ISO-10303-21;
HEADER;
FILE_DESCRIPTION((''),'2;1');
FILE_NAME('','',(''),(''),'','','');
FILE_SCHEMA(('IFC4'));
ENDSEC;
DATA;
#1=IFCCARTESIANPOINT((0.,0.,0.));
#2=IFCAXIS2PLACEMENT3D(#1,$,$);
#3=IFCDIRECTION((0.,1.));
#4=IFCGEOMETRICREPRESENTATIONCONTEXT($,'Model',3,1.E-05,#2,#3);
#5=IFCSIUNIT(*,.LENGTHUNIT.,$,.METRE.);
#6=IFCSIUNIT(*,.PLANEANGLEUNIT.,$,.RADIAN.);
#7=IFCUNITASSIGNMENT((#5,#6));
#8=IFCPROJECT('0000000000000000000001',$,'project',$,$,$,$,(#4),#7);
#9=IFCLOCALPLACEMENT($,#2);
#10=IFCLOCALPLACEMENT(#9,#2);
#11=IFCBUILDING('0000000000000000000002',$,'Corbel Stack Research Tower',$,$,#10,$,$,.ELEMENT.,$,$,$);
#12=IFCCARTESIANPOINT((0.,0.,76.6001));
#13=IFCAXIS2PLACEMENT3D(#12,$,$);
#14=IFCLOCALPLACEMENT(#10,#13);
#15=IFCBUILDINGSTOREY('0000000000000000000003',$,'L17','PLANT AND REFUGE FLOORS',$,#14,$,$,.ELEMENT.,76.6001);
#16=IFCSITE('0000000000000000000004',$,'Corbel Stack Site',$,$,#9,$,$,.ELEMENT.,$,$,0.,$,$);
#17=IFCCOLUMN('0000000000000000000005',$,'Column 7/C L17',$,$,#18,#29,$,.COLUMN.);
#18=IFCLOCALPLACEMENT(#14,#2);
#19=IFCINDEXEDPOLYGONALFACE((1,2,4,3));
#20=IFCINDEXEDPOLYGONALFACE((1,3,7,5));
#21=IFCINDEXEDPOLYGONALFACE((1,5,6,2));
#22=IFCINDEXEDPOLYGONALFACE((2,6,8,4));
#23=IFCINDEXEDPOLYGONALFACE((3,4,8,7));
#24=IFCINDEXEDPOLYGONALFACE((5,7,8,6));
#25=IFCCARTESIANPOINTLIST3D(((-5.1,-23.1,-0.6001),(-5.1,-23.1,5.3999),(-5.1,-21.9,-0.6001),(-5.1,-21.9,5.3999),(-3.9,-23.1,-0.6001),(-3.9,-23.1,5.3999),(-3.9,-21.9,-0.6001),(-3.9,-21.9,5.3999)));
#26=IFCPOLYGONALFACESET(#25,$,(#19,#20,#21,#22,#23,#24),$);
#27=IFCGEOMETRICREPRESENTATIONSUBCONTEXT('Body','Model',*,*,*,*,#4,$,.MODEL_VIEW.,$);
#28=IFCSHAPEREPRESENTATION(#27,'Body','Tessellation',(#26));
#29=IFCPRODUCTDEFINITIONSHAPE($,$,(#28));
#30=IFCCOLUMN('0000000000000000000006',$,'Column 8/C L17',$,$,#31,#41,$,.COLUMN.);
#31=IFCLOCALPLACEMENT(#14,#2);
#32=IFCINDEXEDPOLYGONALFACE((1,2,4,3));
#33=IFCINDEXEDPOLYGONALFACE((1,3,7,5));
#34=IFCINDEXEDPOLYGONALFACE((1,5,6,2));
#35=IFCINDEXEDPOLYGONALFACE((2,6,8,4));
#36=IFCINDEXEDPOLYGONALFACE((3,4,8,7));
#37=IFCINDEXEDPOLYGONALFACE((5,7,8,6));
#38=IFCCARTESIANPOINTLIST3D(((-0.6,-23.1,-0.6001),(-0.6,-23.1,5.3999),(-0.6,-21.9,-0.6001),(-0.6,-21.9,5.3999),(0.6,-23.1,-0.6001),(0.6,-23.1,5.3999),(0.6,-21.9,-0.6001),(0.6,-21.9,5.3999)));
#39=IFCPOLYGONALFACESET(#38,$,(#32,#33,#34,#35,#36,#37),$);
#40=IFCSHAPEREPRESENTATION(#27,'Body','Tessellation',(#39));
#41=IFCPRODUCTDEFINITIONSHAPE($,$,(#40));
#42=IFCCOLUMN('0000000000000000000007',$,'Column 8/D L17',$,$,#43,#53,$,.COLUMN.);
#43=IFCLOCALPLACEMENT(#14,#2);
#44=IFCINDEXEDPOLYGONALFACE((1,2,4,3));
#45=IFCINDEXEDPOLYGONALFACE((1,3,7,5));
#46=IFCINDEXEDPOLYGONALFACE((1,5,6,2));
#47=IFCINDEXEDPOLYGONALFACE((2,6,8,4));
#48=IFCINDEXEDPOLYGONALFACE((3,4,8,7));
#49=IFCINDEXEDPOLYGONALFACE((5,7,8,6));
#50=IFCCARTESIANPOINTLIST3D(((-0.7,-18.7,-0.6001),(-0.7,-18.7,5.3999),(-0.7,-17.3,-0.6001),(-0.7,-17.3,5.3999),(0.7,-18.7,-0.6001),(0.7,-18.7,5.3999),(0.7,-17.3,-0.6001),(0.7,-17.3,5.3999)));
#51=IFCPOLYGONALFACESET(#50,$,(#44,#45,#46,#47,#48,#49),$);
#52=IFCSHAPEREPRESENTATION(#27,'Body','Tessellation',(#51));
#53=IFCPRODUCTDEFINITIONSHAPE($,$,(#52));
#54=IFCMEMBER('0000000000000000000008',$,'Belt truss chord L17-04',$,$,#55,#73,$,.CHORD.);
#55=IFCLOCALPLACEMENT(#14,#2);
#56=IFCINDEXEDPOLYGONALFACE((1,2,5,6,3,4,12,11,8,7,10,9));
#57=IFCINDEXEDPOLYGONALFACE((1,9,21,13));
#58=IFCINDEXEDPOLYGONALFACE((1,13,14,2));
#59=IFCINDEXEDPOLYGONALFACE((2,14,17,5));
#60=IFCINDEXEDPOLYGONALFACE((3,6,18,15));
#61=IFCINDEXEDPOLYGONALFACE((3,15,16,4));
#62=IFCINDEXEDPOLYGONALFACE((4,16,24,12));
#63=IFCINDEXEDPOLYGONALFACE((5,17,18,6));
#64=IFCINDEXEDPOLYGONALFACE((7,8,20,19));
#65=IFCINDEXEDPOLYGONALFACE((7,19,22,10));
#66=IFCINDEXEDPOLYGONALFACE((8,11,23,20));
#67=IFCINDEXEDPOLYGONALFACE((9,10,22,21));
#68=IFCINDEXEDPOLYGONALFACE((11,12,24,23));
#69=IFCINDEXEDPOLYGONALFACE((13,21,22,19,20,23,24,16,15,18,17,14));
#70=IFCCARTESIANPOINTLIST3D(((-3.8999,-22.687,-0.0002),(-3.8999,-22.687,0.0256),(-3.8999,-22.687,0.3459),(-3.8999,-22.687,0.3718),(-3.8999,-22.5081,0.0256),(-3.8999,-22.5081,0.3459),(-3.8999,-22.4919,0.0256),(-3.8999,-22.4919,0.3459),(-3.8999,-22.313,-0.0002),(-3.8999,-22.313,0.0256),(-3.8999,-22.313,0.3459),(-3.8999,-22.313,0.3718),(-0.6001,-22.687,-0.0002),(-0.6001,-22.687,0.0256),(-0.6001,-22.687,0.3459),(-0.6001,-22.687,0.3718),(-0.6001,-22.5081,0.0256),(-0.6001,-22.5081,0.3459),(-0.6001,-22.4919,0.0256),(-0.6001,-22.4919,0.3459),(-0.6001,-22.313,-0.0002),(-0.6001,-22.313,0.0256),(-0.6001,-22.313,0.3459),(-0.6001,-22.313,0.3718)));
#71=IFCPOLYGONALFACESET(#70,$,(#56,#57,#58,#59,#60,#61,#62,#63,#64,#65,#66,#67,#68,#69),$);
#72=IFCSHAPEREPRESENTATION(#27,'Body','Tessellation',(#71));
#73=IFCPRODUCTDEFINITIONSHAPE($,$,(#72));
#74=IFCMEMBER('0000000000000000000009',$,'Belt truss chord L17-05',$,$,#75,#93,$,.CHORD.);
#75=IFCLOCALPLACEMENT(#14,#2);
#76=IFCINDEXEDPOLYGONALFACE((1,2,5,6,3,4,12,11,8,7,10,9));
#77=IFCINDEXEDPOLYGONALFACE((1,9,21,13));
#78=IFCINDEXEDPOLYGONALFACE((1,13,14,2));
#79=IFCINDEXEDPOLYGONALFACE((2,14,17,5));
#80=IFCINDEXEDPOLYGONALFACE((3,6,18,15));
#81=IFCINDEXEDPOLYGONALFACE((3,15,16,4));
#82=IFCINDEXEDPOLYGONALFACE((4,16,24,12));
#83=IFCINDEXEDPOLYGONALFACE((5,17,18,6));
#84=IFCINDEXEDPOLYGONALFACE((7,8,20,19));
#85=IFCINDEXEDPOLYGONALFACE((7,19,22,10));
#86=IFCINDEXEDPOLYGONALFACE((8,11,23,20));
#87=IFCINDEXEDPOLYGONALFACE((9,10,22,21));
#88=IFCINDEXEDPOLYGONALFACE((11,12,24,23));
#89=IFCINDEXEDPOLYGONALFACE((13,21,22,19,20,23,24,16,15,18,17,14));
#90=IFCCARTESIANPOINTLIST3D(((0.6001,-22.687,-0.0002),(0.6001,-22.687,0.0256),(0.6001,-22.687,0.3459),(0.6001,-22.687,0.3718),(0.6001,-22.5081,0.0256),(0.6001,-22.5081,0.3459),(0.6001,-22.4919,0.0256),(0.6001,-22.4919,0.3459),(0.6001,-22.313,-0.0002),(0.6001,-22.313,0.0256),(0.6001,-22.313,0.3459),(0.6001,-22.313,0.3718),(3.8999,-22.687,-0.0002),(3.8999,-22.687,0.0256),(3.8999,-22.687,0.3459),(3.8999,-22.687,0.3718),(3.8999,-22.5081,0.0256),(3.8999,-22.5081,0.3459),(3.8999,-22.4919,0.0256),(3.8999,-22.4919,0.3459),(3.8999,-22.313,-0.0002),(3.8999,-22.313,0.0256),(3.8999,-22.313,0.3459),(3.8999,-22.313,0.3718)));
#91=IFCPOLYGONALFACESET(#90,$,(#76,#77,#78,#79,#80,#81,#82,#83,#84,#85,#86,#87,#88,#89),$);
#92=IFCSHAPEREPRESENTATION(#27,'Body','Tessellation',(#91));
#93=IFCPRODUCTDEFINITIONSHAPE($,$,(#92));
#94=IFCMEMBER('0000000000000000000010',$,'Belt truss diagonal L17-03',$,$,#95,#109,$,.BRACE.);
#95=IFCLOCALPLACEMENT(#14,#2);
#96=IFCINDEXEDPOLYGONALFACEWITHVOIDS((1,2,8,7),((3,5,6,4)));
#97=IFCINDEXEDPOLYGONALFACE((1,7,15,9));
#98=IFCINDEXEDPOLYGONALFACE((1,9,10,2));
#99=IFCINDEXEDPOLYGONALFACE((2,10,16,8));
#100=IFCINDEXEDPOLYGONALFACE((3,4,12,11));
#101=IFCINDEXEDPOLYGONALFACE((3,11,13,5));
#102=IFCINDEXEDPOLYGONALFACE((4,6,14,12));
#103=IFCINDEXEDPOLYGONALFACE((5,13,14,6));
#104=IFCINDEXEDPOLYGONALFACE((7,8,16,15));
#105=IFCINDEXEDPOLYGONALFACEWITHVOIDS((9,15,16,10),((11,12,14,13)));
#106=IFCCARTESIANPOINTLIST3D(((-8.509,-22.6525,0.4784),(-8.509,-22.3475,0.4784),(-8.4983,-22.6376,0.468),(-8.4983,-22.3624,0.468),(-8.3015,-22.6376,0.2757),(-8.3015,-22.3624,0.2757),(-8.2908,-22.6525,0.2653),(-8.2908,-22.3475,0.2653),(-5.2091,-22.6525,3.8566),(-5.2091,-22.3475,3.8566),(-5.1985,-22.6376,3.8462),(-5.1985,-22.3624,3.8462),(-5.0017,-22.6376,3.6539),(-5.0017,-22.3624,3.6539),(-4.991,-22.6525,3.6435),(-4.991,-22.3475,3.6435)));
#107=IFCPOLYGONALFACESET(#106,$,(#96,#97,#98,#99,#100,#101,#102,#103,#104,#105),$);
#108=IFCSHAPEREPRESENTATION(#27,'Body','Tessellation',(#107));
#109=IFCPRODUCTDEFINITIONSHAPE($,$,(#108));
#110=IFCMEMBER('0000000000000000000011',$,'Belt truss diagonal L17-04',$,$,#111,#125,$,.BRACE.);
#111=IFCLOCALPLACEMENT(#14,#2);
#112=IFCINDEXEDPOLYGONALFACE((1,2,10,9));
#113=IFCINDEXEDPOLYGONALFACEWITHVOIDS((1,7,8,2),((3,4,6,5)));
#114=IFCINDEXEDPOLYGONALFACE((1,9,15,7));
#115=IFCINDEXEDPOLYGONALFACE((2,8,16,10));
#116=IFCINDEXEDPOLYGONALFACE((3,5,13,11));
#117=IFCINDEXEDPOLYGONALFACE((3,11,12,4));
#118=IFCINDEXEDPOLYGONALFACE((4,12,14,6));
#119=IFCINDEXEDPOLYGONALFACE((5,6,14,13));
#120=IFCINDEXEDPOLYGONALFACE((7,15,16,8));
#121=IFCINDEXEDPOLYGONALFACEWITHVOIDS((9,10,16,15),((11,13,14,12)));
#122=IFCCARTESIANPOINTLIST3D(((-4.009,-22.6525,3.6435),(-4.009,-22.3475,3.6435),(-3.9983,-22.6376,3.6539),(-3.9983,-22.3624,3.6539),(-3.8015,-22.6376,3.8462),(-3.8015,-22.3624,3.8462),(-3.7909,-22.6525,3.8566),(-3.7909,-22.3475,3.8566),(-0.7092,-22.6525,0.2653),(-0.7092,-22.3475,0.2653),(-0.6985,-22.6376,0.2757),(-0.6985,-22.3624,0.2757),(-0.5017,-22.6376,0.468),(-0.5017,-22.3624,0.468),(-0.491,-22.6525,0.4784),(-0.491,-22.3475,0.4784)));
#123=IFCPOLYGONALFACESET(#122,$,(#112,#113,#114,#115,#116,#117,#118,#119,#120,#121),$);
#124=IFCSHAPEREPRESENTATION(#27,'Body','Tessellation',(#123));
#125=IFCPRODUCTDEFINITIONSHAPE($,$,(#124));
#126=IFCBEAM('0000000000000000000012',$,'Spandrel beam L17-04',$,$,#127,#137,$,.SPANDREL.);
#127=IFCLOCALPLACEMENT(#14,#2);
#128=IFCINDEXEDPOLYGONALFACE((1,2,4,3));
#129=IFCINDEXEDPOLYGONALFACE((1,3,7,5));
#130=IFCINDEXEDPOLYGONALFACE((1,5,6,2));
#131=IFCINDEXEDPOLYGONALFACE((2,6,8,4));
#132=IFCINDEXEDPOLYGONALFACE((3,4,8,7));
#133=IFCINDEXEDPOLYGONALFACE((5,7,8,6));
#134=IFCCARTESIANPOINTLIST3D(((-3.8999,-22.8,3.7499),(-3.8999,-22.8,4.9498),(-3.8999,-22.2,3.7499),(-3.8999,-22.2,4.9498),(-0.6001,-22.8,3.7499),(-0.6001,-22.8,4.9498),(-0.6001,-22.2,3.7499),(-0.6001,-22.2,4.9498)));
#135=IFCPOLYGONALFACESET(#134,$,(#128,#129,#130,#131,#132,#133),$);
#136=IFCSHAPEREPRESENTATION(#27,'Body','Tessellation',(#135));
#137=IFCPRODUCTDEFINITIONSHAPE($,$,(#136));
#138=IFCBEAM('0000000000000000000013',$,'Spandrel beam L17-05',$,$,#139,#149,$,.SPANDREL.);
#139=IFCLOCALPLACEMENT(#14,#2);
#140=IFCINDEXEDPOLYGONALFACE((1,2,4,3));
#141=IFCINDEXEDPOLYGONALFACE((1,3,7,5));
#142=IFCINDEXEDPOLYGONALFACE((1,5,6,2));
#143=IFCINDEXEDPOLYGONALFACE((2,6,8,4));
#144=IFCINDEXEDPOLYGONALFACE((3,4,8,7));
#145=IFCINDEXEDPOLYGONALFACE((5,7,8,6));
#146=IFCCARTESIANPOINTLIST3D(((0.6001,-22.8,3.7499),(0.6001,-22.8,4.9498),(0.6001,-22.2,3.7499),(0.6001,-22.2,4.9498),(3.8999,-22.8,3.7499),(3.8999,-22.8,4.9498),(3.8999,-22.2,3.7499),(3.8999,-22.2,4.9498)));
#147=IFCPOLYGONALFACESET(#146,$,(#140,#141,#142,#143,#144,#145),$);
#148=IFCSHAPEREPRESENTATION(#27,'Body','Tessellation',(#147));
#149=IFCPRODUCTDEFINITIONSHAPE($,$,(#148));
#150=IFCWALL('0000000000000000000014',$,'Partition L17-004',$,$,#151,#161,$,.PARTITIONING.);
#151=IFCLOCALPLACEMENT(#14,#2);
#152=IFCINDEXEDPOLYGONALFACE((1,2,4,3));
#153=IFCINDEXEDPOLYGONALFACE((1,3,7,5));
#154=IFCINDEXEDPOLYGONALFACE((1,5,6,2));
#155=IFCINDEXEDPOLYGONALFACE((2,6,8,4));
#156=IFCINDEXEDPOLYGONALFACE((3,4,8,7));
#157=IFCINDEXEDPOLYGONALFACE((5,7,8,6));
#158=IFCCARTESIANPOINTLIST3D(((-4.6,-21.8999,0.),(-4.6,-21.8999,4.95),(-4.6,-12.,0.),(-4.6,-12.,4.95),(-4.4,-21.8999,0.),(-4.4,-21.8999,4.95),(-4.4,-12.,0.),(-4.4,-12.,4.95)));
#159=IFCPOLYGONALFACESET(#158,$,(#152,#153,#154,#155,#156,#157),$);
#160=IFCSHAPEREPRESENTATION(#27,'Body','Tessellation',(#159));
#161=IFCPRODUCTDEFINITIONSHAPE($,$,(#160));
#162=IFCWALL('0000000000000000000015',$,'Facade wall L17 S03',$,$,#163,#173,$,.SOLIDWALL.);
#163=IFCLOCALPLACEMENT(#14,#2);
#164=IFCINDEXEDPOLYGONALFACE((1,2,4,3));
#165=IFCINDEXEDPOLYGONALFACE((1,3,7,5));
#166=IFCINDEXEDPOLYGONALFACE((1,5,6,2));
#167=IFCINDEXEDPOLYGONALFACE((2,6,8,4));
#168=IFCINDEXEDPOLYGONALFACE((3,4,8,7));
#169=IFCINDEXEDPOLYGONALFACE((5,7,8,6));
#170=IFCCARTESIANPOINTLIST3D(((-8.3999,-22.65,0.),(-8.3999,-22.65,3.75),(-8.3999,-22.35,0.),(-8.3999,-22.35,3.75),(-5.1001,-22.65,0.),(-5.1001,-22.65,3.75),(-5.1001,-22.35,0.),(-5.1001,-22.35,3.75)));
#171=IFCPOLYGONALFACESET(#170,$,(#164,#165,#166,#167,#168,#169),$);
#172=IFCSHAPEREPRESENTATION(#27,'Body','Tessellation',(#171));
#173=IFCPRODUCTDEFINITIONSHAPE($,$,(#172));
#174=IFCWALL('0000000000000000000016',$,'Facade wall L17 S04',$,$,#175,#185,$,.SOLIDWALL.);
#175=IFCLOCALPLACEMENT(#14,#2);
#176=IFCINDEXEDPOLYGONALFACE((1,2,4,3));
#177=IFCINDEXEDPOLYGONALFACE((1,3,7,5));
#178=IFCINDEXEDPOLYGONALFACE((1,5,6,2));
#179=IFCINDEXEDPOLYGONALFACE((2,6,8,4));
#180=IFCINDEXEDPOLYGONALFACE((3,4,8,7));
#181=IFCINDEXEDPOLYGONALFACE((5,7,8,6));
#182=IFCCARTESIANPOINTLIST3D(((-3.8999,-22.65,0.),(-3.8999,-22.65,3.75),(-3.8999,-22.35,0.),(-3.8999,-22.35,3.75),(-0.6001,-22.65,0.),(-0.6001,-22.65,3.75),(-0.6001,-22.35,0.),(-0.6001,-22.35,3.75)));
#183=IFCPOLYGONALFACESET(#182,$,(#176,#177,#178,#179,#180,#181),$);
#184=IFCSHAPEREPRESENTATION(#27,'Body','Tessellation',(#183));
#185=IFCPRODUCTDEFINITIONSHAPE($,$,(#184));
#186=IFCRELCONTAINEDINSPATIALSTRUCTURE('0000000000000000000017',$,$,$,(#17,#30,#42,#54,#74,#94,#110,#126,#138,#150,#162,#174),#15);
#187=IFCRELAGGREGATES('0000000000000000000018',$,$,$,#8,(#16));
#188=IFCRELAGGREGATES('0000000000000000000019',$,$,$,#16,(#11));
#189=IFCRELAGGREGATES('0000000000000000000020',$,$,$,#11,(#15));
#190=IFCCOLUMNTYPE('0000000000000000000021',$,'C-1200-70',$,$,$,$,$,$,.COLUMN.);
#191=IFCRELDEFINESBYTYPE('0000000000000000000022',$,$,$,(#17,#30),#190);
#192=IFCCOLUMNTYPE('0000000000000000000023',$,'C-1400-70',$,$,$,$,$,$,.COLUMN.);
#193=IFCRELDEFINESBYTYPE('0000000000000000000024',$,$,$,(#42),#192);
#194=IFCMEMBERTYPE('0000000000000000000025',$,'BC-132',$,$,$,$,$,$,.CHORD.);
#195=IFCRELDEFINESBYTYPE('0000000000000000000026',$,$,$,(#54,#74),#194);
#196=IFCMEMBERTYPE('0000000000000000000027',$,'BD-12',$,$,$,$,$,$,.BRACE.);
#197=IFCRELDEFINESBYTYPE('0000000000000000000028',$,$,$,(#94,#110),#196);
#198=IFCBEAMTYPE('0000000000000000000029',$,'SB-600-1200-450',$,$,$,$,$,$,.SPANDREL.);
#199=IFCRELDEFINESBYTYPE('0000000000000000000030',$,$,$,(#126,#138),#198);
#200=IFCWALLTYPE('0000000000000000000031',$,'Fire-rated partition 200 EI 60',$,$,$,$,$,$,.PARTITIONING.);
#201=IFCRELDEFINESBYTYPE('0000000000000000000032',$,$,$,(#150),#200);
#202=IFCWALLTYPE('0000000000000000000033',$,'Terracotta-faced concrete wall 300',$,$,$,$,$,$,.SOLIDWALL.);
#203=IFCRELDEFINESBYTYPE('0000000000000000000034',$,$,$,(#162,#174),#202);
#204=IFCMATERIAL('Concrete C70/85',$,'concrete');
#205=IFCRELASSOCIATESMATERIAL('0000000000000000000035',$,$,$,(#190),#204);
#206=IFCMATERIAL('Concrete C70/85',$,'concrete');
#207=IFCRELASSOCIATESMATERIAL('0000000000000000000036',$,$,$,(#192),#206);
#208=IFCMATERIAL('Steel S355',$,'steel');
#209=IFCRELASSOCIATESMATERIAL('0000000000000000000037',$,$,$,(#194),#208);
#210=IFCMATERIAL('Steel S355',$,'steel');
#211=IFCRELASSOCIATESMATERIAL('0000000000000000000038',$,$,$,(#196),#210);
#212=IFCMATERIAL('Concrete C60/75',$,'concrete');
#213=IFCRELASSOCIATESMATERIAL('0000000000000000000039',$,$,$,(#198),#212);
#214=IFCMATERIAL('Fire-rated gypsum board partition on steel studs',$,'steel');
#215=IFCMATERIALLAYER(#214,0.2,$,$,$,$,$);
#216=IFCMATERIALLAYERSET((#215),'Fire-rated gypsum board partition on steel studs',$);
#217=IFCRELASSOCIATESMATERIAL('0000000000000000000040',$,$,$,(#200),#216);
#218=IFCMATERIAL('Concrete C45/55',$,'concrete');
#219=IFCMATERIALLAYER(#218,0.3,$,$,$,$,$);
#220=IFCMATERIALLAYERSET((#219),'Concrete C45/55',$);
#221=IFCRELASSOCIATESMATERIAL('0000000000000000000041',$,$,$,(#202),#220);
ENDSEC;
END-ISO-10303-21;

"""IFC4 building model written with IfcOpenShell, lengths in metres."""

from ifc_helpers import new_model, si_unit, direction, frame, frame_2d, origin, origin_2d, place, context, subcontext, project, spatial, rectangle, hollow_rectangle, i_section, extrude, material, layer, layer_set, material_profile, profile_set, type_object, element, save


model = new_model("IFC4")

# Units and contexts
model_context = context("Model", 3, precision=1e-05, world=origin(), true_north=direction((0.0, 1.0)))
body_context = subcontext(model_context, "Body", "Model", "MODEL_VIEW")
ifc_project = project(units=[si_unit("LENGTHUNIT", "METRE"), si_unit("PLANEANGLEUNIT", "RADIAN")], contexts=[model_context])

# Site, building, storey
site_placement = place(None, origin())
site = spatial("IfcSite", under=ifc_project, at=site_placement, Name="Corbel Stack Site", CompositionType="ELEMENT", RefElevation=0.0)
building_placement = place(site_placement, origin())
building = spatial("IfcBuilding", under=site, at=building_placement, Name="Corbel Stack Research Tower", CompositionType="ELEMENT")
storey_placement = place(building_placement, frame((0.0, 0.0, 76.6001)))
storey = spatial("IfcBuildingStorey", under=building, at=storey_placement, Name="L17", Description="PLANT AND REFUGE FLOORS", CompositionType="ELEMENT", Elevation=76.6001)

# Columns
ifc_material_1 = material(Name="Concrete C70/85", Category="concrete")
ifc_material_profile_1 = material_profile(ifc_material_1, rectangle(XDim=1.2, YDim=1.2, at=origin_2d()), Name="RC 1200 x 1200")
ifc_profile_set_1 = profile_set([ifc_material_profile_1], Name="Concrete C70/85")
column_type_1 = type_object("IfcColumnType", Name="C-1200-70", PredefinedType="COLUMN", material=ifc_profile_set_1)
for number, where, z_axis, x_axis, name in (
    (1, (-4.5, -22.5, -0.6001), (0.0, 0.0, 1.0), (1.0, 0.0, 0.0), "Column 7/C L17"),
    (2, (0.0, -22.5, -0.6001), (0.0, 0.0, 1.0), (1.0, 0.0, 0.0), "Column 8/C L17"),
):
    element("IfcColumn", number, at=place(storey_placement, frame(where, z_axis=z_axis, x_axis=x_axis)), inside=storey, type_object=column_type_1, Name=name, PredefinedType="COLUMN", context=body_context, shape_type="SweptSolid", body=[
        extrude(rectangle(XDim=1.2, YDim=1.2, at=origin_2d()), origin(), (0.0, 0.0, 1.0), 6.0),
    ])
ifc_material_2 = material(Name="Concrete C70/85", Category="concrete")
ifc_material_profile_2 = material_profile(ifc_material_2, rectangle(XDim=1.3999, YDim=1.3999, at=origin_2d()), Name="RC 1400 x 1400")
ifc_profile_set_2 = profile_set([ifc_material_profile_2], Name="Concrete C70/85")
column_type_2 = type_object("IfcColumnType", Name="C-1400-70", PredefinedType="COLUMN", material=ifc_profile_set_2)
column_placement = place(storey_placement, frame((0.0, -18.0, -0.6001), z_axis=(0.0, 0.0, 1.0), x_axis=(1.0, 0.0, 0.0)))
element("IfcColumn", 3, at=column_placement, inside=storey, type_object=column_type_2, Name="Column 8/D L17", PredefinedType="COLUMN", context=body_context, shape_type="SweptSolid", body=[
    extrude(rectangle(XDim=1.3999, YDim=1.3999, at=origin_2d()), origin(), (0.0, 0.0, 1.0), 6.0),
])

# Members
ifc_material_3 = material(Name="Steel S355", Category="steel")
ifc_material_profile_3 = material_profile(ifc_material_3, i_section(OverallWidth=0.374, OverallDepth=0.3721, WebThickness=0.0161, FlangeThickness=0.0259, at=origin_2d()), Name="W14x132")
ifc_profile_set_3 = profile_set([ifc_material_profile_3], Name="Steel S355")
member_type_1 = type_object("IfcMemberType", Name="BC-132", PredefinedType="CHORD", material=ifc_profile_set_3)
for number, where, z_axis, x_axis, name in (
    (4, (-3.8999, -22.5, 0.1858), (1.0, 0.0, 0.0), (0.0, 1.0, 0.0), "Belt truss chord L17-04"),
    (5, (0.6001, -22.5, 0.1858), (1.0, 0.0, 0.0), (0.0, 1.0, 0.0), "Belt truss chord L17-05"),
):
    element("IfcMember", number, at=place(storey_placement, frame(where, z_axis=z_axis, x_axis=x_axis)), inside=storey, type_object=member_type_1, Name=name, PredefinedType="CHORD", context=body_context, shape_type="SweptSolid", body=[
        extrude(i_section(OverallWidth=0.374, OverallDepth=0.3721, WebThickness=0.0161, FlangeThickness=0.0259, at=origin_2d()), origin(), (0.0, 0.0, 1.0), 3.2998),
    ])
ifc_material_4 = material(Name="Steel S355", Category="steel")
ifc_material_profile_4 = material_profile(ifc_material_4, hollow_rectangle(XDim=0.3049, YDim=0.3049, WallThickness=0.0149, at=origin_2d()), Name="HSS12x12x5/8")
ifc_profile_set_4 = profile_set([ifc_material_profile_4], Name="Steel S355")
member_type_2 = type_object("IfcMemberType", Name="BD-12", PredefinedType="BRACE", material=ifc_profile_set_4)
for number, where, z_axis, x_axis, name in (
    (6, (-8.3999, -22.5, 0.3718), (0.69876, 0.0, 0.715356), (0.0, 1.0, 0.0), "Belt truss diagonal L17-03"),
    (7, (-0.6001, -22.5, 0.3718), (-0.69876, 0.0, 0.715356), (0.0, -1.0, 0.0), "Belt truss diagonal L17-04"),
):
    element("IfcMember", number, at=place(storey_placement, frame(where, z_axis=z_axis, x_axis=x_axis)), inside=storey, type_object=member_type_2, Name=name, PredefinedType="BRACE", context=body_context, shape_type="SweptSolid", body=[
        extrude(hollow_rectangle(XDim=0.3049, YDim=0.3049, WallThickness=0.0149, at=origin_2d()), origin(), (0.0, 0.0, 1.0), 4.7224),
    ])

# Beams
ifc_material_5 = material(Name="Concrete C60/75", Category="concrete")
ifc_material_profile_5 = material_profile(ifc_material_5, rectangle(XDim=0.6001, YDim=1.2, at=origin_2d()), Name="RC 600 x 1200")
ifc_profile_set_5 = profile_set([ifc_material_profile_5], Name="Concrete C60/75")
beam_type = type_object("IfcBeamType", Name="SB-600-1200-450", PredefinedType="SPANDREL", material=ifc_profile_set_5)
for number, where, z_axis, x_axis, name in (
    (8, (-3.8999, -22.5, 4.3499), (1.0, 0.0, 0.0), (0.0, 1.0, 0.0), "Spandrel beam L17-04"),
    (9, (0.6001, -22.5, 4.3499), (1.0, 0.0, 0.0), (0.0, 1.0, 0.0), "Spandrel beam L17-05"),
):
    element("IfcBeam", number, at=place(storey_placement, frame(where, z_axis=z_axis, x_axis=x_axis)), inside=storey, type_object=beam_type, Name=name, PredefinedType="SPANDREL", context=body_context, shape_type="SweptSolid", body=[
        extrude(rectangle(XDim=0.6001, YDim=1.2, at=origin_2d()), origin(), (0.0, 0.0, 1.0), 3.2998),
    ])

# Walls
ifc_material_6 = material(Name="Fire-rated gypsum board partition on steel studs", Category="steel")
ifc_layer_1 = layer(ifc_material_6, 0.2)
ifc_layer_set_1 = layer_set([ifc_layer_1], Name="Fire-rated gypsum board partition on steel studs")
wall_type_1 = type_object("IfcWallType", Name="Fire-rated partition 200 EI 60", PredefinedType="PARTITIONING", material=ifc_layer_set_1)
wall_placement = place(storey_placement, frame((-4.5, -21.8999, 0.0), z_axis=(0.0, 0.0, 1.0), x_axis=(0.0, 1.0, 0.0)))
element("IfcWall", 10, at=wall_placement, inside=storey, type_object=wall_type_1, Name="Partition L17-004", PredefinedType="PARTITIONING", context=body_context, shape_type="SweptSolid", body=[
    extrude(rectangle(XDim=9.8999, YDim=0.2, at=frame_2d((4.95, 0.0))), origin(), (0.0, 0.0, 1.0), 4.95),
])
ifc_material_7 = material(Name="Concrete C45/55", Category="concrete")
ifc_layer_2 = layer(ifc_material_7, 0.3)
ifc_layer_set_2 = layer_set([ifc_layer_2], Name="Concrete C45/55")
wall_type_2 = type_object("IfcWallType", Name="Terracotta-faced concrete wall 300", PredefinedType="SOLIDWALL", material=ifc_layer_set_2)
for number, where, z_axis, x_axis, name in (
    (11, (-5.1001, -22.5, 0.0), (0.0, 0.0, 1.0), (-1.0, 0.0, 0.0), "Facade wall L17 S03"),
    (12, (-0.6001, -22.5, 0.0), (0.0, 0.0, 1.0), (-1.0, 0.0, 0.0), "Facade wall L17 S04"),
):
    element("IfcWall", number, at=place(storey_placement, frame(where, z_axis=z_axis, x_axis=x_axis)), inside=storey, type_object=wall_type_2, Name=name, PredefinedType="SOLIDWALL", context=body_context, shape_type="SweptSolid", body=[
        extrude(rectangle(XDim=3.2998, YDim=0.3, at=frame_2d((1.6499, 0.0))), origin(), (0.0, 0.0, 1.0), 3.75),
    ])

save(model, "model.ifc")
